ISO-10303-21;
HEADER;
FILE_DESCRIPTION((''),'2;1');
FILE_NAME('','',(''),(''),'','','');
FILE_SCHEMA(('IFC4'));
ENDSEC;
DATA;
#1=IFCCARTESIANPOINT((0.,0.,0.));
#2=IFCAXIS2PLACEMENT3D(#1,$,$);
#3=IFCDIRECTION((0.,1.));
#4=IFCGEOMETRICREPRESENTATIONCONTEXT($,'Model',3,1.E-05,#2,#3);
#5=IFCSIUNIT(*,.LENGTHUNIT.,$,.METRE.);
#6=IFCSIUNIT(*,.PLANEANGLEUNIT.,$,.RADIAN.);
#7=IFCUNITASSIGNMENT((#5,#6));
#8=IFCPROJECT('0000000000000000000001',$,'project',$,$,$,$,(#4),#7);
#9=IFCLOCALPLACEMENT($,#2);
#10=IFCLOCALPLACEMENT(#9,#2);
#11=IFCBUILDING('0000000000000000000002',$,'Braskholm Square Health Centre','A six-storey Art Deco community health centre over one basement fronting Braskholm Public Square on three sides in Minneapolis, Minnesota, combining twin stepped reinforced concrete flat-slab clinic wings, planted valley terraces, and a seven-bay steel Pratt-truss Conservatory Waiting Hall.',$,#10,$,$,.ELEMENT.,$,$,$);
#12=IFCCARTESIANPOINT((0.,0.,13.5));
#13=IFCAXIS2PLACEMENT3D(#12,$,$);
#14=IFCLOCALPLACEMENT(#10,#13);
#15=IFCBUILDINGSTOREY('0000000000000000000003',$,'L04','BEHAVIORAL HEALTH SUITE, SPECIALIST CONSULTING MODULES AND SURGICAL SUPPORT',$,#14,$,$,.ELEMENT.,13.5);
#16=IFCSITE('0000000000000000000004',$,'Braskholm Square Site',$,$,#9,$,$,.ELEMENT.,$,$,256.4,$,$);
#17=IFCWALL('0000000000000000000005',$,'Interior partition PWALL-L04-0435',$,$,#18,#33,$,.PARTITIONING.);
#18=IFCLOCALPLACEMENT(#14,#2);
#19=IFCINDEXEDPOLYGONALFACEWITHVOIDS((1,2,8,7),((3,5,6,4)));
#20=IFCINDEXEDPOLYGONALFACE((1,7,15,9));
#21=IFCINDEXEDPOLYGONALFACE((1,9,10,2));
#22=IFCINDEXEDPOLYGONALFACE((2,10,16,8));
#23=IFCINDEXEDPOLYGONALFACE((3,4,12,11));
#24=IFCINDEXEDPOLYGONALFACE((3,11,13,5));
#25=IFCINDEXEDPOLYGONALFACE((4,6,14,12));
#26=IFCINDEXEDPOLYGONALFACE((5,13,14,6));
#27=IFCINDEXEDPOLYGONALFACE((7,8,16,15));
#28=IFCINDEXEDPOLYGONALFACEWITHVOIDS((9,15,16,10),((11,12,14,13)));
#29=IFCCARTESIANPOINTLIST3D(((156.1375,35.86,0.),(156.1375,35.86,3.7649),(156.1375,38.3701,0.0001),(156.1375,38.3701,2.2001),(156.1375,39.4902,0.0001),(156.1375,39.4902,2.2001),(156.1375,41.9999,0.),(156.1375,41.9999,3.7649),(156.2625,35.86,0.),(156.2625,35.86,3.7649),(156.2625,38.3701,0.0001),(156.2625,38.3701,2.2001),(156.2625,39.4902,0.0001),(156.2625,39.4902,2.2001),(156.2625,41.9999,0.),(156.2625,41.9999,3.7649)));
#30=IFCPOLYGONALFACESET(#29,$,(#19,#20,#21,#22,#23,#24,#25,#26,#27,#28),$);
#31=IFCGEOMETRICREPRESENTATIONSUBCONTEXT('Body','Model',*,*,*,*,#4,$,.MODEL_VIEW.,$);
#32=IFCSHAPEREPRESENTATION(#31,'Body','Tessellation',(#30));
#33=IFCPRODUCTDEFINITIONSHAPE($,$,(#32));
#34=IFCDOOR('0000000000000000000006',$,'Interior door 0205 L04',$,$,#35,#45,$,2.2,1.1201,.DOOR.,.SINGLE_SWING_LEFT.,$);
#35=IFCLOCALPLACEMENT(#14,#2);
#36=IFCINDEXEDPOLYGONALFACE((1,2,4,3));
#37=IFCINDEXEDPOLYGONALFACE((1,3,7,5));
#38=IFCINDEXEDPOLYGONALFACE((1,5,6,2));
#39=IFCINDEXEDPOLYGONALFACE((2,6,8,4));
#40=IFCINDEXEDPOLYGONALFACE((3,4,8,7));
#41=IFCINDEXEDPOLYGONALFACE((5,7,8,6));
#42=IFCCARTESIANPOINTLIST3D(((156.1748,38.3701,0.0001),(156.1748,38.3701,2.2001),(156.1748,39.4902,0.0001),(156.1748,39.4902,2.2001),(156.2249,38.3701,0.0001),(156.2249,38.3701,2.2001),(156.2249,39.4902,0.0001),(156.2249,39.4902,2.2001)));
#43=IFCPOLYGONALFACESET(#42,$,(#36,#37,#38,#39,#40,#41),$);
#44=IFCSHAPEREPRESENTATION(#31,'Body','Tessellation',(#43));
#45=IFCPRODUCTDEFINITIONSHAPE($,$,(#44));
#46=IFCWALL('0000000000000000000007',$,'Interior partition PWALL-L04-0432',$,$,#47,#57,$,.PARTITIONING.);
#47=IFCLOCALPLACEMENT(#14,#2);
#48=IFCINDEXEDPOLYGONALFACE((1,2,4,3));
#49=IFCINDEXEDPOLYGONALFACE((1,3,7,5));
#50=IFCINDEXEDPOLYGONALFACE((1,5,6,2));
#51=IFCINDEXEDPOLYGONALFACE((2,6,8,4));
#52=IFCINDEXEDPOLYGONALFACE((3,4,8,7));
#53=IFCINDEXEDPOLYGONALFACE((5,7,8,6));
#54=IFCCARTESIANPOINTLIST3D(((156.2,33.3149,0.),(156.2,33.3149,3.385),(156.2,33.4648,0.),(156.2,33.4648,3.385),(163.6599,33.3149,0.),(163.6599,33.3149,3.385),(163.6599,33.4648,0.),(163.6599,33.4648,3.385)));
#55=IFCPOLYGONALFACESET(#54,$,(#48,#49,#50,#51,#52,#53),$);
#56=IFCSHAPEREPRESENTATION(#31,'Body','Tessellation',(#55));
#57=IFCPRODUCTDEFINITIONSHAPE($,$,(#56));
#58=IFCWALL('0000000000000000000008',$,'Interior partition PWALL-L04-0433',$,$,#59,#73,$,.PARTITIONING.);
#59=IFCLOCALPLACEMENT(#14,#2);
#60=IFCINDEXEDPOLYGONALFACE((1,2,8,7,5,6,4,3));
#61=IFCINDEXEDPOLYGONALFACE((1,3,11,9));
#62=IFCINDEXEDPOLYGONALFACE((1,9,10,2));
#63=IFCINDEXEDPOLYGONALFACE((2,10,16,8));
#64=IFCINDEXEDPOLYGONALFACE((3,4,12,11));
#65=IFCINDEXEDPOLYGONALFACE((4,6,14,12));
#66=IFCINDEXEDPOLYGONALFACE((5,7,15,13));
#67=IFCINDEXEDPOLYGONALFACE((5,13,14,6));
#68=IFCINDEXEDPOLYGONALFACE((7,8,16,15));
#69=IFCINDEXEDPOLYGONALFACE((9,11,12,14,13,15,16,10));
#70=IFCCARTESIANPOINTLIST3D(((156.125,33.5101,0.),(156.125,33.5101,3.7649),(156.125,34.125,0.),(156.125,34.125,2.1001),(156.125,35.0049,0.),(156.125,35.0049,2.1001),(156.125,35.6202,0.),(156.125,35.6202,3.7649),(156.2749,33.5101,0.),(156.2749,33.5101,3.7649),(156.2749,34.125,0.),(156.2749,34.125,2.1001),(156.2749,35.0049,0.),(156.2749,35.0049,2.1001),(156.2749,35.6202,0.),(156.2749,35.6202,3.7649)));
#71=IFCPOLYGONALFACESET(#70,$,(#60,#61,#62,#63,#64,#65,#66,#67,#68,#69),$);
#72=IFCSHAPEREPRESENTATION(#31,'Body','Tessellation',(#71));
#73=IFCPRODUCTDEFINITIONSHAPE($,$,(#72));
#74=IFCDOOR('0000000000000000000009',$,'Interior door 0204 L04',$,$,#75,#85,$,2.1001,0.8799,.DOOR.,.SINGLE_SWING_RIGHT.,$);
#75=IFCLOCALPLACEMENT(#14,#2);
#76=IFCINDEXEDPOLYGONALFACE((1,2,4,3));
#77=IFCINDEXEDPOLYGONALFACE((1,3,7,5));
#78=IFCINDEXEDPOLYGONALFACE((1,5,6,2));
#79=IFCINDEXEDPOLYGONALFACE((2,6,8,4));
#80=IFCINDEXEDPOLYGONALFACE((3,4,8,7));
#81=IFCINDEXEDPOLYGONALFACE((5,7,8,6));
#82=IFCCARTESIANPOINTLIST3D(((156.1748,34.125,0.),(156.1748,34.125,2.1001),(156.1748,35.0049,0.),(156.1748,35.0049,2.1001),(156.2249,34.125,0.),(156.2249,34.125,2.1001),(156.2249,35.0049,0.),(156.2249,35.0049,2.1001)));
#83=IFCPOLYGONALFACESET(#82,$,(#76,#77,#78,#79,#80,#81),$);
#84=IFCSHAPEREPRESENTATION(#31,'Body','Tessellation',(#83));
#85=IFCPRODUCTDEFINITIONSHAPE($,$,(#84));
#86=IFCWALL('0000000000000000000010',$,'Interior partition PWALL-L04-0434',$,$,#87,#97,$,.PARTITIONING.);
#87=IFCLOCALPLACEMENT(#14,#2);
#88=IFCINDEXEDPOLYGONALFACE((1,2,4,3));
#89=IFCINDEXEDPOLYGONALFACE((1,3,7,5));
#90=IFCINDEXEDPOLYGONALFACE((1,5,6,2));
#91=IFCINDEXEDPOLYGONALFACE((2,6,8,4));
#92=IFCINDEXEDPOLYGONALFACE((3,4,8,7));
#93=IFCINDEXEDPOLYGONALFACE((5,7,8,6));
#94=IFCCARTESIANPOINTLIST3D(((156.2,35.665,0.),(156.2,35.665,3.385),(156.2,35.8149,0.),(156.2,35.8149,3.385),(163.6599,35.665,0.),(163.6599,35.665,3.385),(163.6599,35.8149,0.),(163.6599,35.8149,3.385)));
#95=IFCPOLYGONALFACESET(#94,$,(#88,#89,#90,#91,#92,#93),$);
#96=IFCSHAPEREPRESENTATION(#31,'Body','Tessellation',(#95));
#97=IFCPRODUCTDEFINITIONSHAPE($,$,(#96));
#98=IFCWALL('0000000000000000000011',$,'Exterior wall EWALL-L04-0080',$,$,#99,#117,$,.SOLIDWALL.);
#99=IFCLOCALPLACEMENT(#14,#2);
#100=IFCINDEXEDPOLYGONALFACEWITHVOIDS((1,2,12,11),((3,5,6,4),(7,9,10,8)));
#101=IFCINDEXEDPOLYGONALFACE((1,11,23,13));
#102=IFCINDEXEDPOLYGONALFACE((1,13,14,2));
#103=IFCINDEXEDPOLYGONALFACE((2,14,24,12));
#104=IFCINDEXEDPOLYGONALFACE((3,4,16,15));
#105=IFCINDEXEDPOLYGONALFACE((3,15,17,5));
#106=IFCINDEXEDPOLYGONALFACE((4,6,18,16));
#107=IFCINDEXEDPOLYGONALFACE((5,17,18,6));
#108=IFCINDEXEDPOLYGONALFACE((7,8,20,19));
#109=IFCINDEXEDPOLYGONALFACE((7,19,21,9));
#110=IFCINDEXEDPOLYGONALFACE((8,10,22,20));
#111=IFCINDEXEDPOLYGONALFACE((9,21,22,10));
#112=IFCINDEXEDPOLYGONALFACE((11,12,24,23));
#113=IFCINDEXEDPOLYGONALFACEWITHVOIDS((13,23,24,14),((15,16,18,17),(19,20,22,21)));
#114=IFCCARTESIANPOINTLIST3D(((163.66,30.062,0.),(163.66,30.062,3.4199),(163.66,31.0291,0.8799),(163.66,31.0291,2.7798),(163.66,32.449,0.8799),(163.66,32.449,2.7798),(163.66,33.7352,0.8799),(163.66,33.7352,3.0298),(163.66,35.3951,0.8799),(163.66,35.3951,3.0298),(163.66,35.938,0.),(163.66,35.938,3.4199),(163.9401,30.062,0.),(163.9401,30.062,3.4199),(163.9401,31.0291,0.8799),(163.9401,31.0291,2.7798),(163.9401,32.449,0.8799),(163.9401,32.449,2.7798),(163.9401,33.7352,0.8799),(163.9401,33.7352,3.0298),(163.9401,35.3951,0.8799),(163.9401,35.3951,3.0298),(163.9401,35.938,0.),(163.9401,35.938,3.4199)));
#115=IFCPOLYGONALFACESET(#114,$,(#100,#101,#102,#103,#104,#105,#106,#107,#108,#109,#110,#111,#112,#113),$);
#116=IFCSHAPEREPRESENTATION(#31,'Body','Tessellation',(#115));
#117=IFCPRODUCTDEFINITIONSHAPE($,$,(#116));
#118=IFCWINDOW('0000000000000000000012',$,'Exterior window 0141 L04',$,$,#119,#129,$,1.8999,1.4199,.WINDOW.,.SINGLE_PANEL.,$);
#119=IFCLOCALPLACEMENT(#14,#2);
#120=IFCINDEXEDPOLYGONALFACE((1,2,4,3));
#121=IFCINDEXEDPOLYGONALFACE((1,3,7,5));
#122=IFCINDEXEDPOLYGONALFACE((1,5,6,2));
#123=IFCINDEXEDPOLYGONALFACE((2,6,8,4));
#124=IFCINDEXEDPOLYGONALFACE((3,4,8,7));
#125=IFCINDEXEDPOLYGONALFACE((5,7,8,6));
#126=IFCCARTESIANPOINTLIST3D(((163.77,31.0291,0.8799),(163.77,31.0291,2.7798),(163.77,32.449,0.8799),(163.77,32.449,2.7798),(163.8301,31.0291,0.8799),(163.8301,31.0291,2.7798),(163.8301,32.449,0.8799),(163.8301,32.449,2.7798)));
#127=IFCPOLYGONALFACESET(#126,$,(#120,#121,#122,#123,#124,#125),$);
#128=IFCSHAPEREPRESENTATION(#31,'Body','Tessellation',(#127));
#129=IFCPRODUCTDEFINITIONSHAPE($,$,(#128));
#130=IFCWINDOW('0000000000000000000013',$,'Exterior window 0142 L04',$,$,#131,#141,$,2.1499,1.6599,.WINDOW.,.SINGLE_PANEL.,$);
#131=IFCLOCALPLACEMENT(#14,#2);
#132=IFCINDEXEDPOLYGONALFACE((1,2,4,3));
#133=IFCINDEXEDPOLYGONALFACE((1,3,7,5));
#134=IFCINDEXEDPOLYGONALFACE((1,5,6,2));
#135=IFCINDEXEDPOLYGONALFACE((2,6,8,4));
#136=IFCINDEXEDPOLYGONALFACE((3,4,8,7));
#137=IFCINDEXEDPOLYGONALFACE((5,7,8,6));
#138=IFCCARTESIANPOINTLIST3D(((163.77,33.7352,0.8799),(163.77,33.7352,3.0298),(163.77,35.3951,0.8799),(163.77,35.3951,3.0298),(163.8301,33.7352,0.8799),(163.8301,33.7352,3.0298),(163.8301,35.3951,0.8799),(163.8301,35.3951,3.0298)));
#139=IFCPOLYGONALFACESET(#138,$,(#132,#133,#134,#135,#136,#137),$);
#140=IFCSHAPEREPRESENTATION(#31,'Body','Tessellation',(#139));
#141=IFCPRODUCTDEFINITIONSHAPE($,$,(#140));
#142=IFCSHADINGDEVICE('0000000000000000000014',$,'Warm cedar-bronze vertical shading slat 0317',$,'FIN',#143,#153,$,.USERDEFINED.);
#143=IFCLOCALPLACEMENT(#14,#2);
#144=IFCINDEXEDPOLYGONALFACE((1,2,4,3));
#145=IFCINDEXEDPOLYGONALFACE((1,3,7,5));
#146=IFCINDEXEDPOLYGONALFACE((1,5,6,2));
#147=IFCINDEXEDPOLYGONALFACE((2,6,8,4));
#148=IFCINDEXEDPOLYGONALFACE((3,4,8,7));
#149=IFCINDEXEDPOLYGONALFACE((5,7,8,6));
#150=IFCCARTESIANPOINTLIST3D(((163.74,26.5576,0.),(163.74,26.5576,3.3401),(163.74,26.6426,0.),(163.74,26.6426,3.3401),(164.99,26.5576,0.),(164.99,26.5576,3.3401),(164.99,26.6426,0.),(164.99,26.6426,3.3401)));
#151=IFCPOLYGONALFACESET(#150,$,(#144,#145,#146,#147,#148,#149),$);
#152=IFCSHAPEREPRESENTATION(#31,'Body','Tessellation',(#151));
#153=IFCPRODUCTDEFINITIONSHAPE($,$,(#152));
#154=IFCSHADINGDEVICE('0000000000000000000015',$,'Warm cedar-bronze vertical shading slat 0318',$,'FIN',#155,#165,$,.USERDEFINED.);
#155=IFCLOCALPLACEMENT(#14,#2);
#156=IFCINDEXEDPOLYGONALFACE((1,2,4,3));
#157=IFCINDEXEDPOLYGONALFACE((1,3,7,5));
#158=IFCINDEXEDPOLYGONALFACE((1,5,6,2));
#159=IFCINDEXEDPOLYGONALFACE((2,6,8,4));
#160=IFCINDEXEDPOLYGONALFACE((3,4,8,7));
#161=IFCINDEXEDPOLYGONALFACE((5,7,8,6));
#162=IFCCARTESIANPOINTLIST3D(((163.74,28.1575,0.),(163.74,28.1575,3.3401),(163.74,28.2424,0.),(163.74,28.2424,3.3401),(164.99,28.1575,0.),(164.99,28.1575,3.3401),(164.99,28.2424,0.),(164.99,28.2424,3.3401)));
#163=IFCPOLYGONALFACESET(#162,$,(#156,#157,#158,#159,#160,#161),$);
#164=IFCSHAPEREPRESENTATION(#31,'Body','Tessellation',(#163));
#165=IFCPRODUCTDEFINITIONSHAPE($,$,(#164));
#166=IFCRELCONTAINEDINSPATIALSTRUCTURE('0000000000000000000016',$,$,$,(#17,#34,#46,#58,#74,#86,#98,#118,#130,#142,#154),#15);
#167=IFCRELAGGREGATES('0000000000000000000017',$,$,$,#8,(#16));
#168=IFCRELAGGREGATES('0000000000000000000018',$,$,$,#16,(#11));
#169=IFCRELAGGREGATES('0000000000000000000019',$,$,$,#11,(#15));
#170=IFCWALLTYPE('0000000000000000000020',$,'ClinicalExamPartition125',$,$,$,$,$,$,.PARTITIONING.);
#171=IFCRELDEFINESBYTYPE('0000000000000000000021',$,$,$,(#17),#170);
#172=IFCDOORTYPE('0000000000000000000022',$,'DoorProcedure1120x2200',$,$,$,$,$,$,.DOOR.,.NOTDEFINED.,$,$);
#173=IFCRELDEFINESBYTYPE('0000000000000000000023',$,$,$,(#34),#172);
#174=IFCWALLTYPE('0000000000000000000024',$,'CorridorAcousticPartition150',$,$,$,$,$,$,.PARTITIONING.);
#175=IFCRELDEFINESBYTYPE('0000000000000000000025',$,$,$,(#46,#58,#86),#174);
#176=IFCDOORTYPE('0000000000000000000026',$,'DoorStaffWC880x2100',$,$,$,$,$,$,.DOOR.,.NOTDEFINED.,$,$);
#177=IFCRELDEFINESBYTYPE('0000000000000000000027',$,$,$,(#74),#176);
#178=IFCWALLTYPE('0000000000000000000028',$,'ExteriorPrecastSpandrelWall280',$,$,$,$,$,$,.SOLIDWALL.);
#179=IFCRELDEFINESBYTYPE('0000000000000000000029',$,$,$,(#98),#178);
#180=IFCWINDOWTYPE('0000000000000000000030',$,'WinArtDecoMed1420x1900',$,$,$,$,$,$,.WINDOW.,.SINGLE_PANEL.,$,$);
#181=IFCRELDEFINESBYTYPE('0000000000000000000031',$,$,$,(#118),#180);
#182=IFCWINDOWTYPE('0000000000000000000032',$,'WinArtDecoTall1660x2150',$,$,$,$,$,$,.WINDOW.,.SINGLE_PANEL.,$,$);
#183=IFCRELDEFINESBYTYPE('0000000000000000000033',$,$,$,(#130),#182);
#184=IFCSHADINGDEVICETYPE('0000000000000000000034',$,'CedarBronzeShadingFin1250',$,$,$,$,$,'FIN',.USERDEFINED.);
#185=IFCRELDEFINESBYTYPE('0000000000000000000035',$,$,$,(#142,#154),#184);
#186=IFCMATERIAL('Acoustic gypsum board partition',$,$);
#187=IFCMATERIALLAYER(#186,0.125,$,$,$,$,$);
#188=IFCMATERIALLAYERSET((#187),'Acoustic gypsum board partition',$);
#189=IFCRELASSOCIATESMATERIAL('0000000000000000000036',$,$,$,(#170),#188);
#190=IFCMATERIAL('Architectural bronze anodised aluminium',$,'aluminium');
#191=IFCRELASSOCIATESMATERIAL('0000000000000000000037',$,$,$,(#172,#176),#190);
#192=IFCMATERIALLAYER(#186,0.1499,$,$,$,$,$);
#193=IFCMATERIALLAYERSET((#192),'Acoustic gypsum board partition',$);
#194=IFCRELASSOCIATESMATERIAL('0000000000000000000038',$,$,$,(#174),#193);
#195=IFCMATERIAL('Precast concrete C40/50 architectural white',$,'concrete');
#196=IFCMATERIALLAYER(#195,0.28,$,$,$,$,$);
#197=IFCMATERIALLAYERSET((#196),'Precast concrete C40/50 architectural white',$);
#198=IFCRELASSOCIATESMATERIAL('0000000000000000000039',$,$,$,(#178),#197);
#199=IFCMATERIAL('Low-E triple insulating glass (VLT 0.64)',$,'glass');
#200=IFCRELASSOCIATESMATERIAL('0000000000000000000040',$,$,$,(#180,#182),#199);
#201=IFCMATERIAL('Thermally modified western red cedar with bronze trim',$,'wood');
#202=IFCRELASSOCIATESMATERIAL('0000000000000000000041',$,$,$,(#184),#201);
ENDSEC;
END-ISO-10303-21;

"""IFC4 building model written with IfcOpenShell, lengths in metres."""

from ifc_helpers import new_model, si_unit, direction, frame, frame_2d, origin, origin_with_axes, origin_2d, place, context, subcontext, project, spatial, rectangle, extrude, material, layer, layer_set, type_object, element, fill, save


model = new_model("IFC4")

# Units and contexts
model_context = context("Model", 3, precision=1e-05, world=origin(), true_north=direction((0.0, 1.0)))
body_context = subcontext(model_context, "Body", "Model", "MODEL_VIEW")
ifc_project = project(units=[si_unit("LENGTHUNIT", "METRE"), si_unit("PLANEANGLEUNIT", "RADIAN")], contexts=[model_context])

# Site, building, storey
site_placement = place(None, origin())
site = spatial("IfcSite", under=ifc_project, at=site_placement, Name="Braskholm Square Site", CompositionType="ELEMENT", RefElevation=256.4)
building_placement = place(site_placement, origin())
building = spatial("IfcBuilding", under=site, at=building_placement, Name="Braskholm Square Health Centre", Description="A six-storey Art Deco community health centre over one basement fronting Braskholm Public Square on three sides in Minneapolis, Minnesota, combining twin stepped reinforced concrete flat-slab clinic wings, planted valley terraces, and a seven-bay steel Pratt-truss Conservatory Waiting Hall.", CompositionType="ELEMENT")
storey_placement = place(building_placement, frame((0.0, 0.0, 13.5)))
storey = spatial("IfcBuildingStorey", under=building, at=storey_placement, Name="L04", Description="BEHAVIORAL HEALTH SUITE, SPECIALIST CONSULTING MODULES AND SURGICAL SUPPORT", CompositionType="ELEMENT", Elevation=13.5)

# Shared definitions
ifc_material_1 = material(Name="Precast concrete C40/50 architectural white", Category="concrete")

# Shared definitions
ifc_material_2 = material(Name="Low-E triple insulating glass (VLT 0.64)", Category="glass")
ifc_material_3 = material(Name="Architectural bronze anodised aluminium", Category="aluminium")

# Wall, opening, door
ifc_material_4 = material(Name="Acoustic gypsum board partition")
ifc_layer_1 = layer(ifc_material_4, 0.125)
ifc_layer_set_1 = layer_set([ifc_layer_1], Name="Acoustic gypsum board partition")
wall_type_1 = type_object("IfcWallType", Name="ClinicalExamPartition125", PredefinedType="PARTITIONING", material=ifc_layer_set_1)
wall_1_placement = place(storey_placement, frame((156.2, 35.8601, 0.0), z_axis=(0.0, 0.0, 1.0), x_axis=(0.0, 1.0, 0.0)))
wall_1 = element("IfcWall", 1, at=wall_1_placement, inside=storey, type_object=wall_type_1, Name="Interior partition PWALL-L04-0435", PredefinedType="PARTITIONING", context=body_context, shape_type="SweptSolid", body=[
    extrude(rectangle(XDim=6.1399, YDim=0.125, at=frame_2d((3.0698, 0.0))), origin(), (0.0, 0.0, 1.0), 3.7649),
])
opening_1_placement = place(wall_1_placement, frame((2.51, 0.0, 0.0)))
opening_1 = element("IfcOpeningElement", 2, at=opening_1_placement, cuts=wall_1, PredefinedType="OPENING", context=body_context, shape_type="SweptSolid", body=[
    extrude(rectangle(XDim=1.1201, YDim=2.2, at=frame_2d((0.5601, 1.1001))), frame((0.0, 0.0725, 0.0), z_axis=(0.0, -1.0, 0.0), x_axis=(1.0, 0.0, 0.0)), (0.0, 0.0, 1.0), 0.145),
])
door_type_1 = type_object("IfcDoorType", Name="DoorProcedure1120x2200", OperationType="NOTDEFINED", PredefinedType="DOOR", material=ifc_material_3)
door_1_placement = place(opening_1_placement, frame((1.1201, 0.0, 0.0), z_axis=(0.0, 0.0, 1.0), x_axis=(-1.0, 0.0, 0.0)))
door_1 = element("IfcDoor", 3, at=door_1_placement, inside=storey, type_object=door_type_1, Name="Interior door 0205 L04", OperationType="SINGLE_SWING_LEFT", OverallHeight=2.2, OverallWidth=1.1201, PredefinedType="DOOR", context=body_context, shape_type="SweptSolid", body=[
    extrude(rectangle(XDim=1.1201, YDim=2.2, at=frame_2d((0.5601, 1.1001))), frame((0.0, 0.0249, 0.0), z_axis=(0.0, -1.0, 0.0), x_axis=(1.0, 0.0, 0.0)), (0.0, 0.0, 1.0), 0.05),
])
fill(opening_1, door_1)

# Wall
ifc_layer_2 = layer(ifc_material_4, 0.1499)
ifc_layer_set_2 = layer_set([ifc_layer_2], Name="Acoustic gypsum board partition")
wall_type_2 = type_object("IfcWallType", Name="CorridorAcousticPartition150", PredefinedType="PARTITIONING", material=ifc_layer_set_2)
wall_2_placement = place(storey_placement, frame((156.2, 33.3899, 0.0), z_axis=(0.0, 0.0, 1.0), x_axis=(1.0, 0.0, 0.0)))
element("IfcWall", 4, at=wall_2_placement, inside=storey, type_object=wall_type_2, Name="Interior partition PWALL-L04-0432", PredefinedType="PARTITIONING", context=body_context, shape_type="SweptSolid", body=[
    extrude(rectangle(XDim=7.46, YDim=0.1499, at=frame_2d((3.73, 0.0))), origin(), (0.0, 0.0, 1.0), 3.385),
])

# Wall, opening, door
wall_3_placement = place(storey_placement, frame((156.2, 33.51, 0.0), z_axis=(0.0, 0.0, 1.0), x_axis=(0.0, 1.0, 0.0)))
wall_3 = element("IfcWall", 5, at=wall_3_placement, inside=storey, type_object=wall_type_2, Name="Interior partition PWALL-L04-0433", PredefinedType="PARTITIONING", context=body_context, shape_type="SweptSolid", body=[
    extrude(rectangle(XDim=2.1101, YDim=0.1499, at=frame_2d((1.0552, 0.0))), origin(), (0.0, 0.0, 1.0), 3.7649),
])
opening_2_placement = place(wall_3_placement, frame((0.615, 0.0, 0.0)))
opening_2 = element("IfcOpeningElement", 6, at=opening_2_placement, cuts=wall_3, PredefinedType="OPENING", context=body_context, shape_type="SweptSolid", body=[
    extrude(rectangle(XDim=0.8799, YDim=2.1001, at=frame_2d((0.4399, 1.05))), frame((0.0, 0.085, 0.0), z_axis=(0.0, -1.0, 0.0), x_axis=(1.0, 0.0, 0.0)), (0.0, 0.0, 1.0), 0.1699),
])
door_type_2 = type_object("IfcDoorType", Name="DoorStaffWC880x2100", OperationType="NOTDEFINED", PredefinedType="DOOR", material=ifc_material_3)
door_2_placement = place(opening_2_placement, frame((0.8799, 0.0, 0.0), z_axis=(0.0, 0.0, 1.0), x_axis=(-1.0, 0.0, 0.0)))
door_2 = element("IfcDoor", 7, at=door_2_placement, inside=storey, type_object=door_type_2, Name="Interior door 0204 L04", OperationType="SINGLE_SWING_RIGHT", OverallHeight=2.1001, OverallWidth=0.8799, PredefinedType="DOOR", context=body_context, shape_type="SweptSolid", body=[
    extrude(rectangle(XDim=0.8799, YDim=2.1001, at=frame_2d((0.4399, 1.05))), frame((0.0, 0.0249, 0.0), z_axis=(0.0, -1.0, 0.0), x_axis=(1.0, 0.0, 0.0)), (0.0, 0.0, 1.0), 0.05),
])
fill(opening_2, door_2)

# Wall
wall_4_placement = place(storey_placement, frame((156.2, 35.74, 0.0), z_axis=(0.0, 0.0, 1.0), x_axis=(1.0, 0.0, 0.0)))
element("IfcWall", 8, at=wall_4_placement, inside=storey, type_object=wall_type_2, Name="Interior partition PWALL-L04-0434", PredefinedType="PARTITIONING", context=body_context, shape_type="SweptSolid", body=[
    extrude(rectangle(XDim=7.46, YDim=0.1499, at=frame_2d((3.73, 0.0))), origin(), (0.0, 0.0, 1.0), 3.385),
])

# Wall, openings, windows
ifc_layer_3 = layer(ifc_material_1, 0.28)
ifc_layer_set_3 = layer_set([ifc_layer_3], Name="Precast concrete C40/50 architectural white")
wall_type_3 = type_object("IfcWallType", Name="ExteriorPrecastSpandrelWall280", PredefinedType="SOLIDWALL", material=ifc_layer_set_3)
wall_5_placement = place(storey_placement, frame((163.8, 30.062, 0.0), z_axis=(0.0, 0.0, 1.0), x_axis=(0.0, 1.0, 0.0)))
wall_5 = element("IfcWall", 9, at=wall_5_placement, inside=storey, type_object=wall_type_3, Name="Exterior wall EWALL-L04-0080", PredefinedType="SOLIDWALL", context=body_context, shape_type="SweptSolid", body=[
    extrude(rectangle(XDim=5.876, YDim=0.28, at=frame_2d((2.938, 0.0))), origin(), (0.0, 0.0, 1.0), 3.4199),
])
opening_3_placement = place(wall_5_placement, frame((0.967, 0.0, 0.8799)))
opening_3 = element("IfcOpeningElement", 10, at=opening_3_placement, cuts=wall_5, PredefinedType="OPENING", context=body_context, shape_type="SweptSolid", body=[
    extrude(rectangle(XDim=1.4199, YDim=1.8999, at=frame_2d((0.71, 0.95))), frame((0.0, 0.1499, 0.0), z_axis=(0.0, -1.0, 0.0), x_axis=(1.0, 0.0, 0.0)), (0.0, 0.0, 1.0), 0.3),
])
opening_4_placement = place(wall_5_placement, frame((3.6731, 0.0, 0.8799)))
opening_4 = element("IfcOpeningElement", 11, at=opening_4_placement, cuts=wall_5, PredefinedType="OPENING", context=body_context, shape_type="SweptSolid", body=[
    extrude(rectangle(XDim=1.6599, YDim=2.1499, at=frame_2d((0.8301, 1.075))), frame((0.0, 0.1499, 0.0), z_axis=(0.0, -1.0, 0.0), x_axis=(1.0, 0.0, 0.0)), (0.0, 0.0, 1.0), 0.3),
])
window_type_1 = type_object("IfcWindowType", Name="WinArtDecoMed1420x1900", PartitioningType="SINGLE_PANEL", PredefinedType="WINDOW", material=ifc_material_2)
window_1_placement = place(opening_3_placement, origin_with_axes())
window_1 = element("IfcWindow", 12, at=window_1_placement, inside=storey, type_object=window_type_1, Name="Exterior window 0141 L04", OverallHeight=1.8999, OverallWidth=1.4199, PartitioningType="SINGLE_PANEL", PredefinedType="WINDOW", context=body_context, shape_type="SweptSolid", body=[
    extrude(rectangle(XDim=1.4199, YDim=1.8999, at=frame_2d((0.71, 0.95))), frame((0.0, 0.03, 0.0), z_axis=(0.0, -1.0, 0.0), x_axis=(1.0, 0.0, 0.0)), (0.0, 0.0, 1.0), 0.0601),
])
fill(opening_3, window_1)
window_type_2 = type_object("IfcWindowType", Name="WinArtDecoTall1660x2150", PartitioningType="SINGLE_PANEL", PredefinedType="WINDOW", material=ifc_material_2)
window_2_placement = place(opening_4_placement, origin_with_axes())
window_2 = element("IfcWindow", 13, at=window_2_placement, inside=storey, type_object=window_type_2, Name="Exterior window 0142 L04", OverallHeight=2.1499, OverallWidth=1.6599, PartitioningType="SINGLE_PANEL", PredefinedType="WINDOW", context=body_context, shape_type="SweptSolid", body=[
    extrude(rectangle(XDim=1.6599, YDim=2.1499, at=frame_2d((0.8301, 1.075))), frame((0.0, 0.03, 0.0), z_axis=(0.0, -1.0, 0.0), x_axis=(1.0, 0.0, 0.0)), (0.0, 0.0, 1.0), 0.0601),
])
fill(opening_4, window_2)

# Shading devices
ifc_material_5 = material(Name="Thermally modified western red cedar with bronze trim", Category="wood")
shading_device_type = type_object("IfcShadingDeviceType", Name="CedarBronzeShadingFin1250", ElementType="FIN", PredefinedType="USERDEFINED", material=ifc_material_5)
for number, where, z_axis, x_axis, name in (
    (14, (164.365, 26.6001, 0.0), (0.0, 0.0, 1.0), (1.0, 0.0, 0.0), "Warm cedar-bronze vertical shading slat 0317"),
    (15, (164.365, 28.2, 0.0), (0.0, 0.0, 1.0), (1.0, 0.0, 0.0), "Warm cedar-bronze vertical shading slat 0318"),
):
    element("IfcShadingDevice", number, at=place(storey_placement, frame(where, z_axis=z_axis, x_axis=x_axis)), inside=storey, type_object=shading_device_type, Name=name, ObjectType="FIN", PredefinedType="USERDEFINED", context=body_context, shape_type="SweptSolid", body=[
        extrude(rectangle(XDim=1.25, YDim=0.085, at=origin_2d()), origin(), (0.0, 0.0, 1.0), 3.3401),
    ])

save(model, "model.ifc")
